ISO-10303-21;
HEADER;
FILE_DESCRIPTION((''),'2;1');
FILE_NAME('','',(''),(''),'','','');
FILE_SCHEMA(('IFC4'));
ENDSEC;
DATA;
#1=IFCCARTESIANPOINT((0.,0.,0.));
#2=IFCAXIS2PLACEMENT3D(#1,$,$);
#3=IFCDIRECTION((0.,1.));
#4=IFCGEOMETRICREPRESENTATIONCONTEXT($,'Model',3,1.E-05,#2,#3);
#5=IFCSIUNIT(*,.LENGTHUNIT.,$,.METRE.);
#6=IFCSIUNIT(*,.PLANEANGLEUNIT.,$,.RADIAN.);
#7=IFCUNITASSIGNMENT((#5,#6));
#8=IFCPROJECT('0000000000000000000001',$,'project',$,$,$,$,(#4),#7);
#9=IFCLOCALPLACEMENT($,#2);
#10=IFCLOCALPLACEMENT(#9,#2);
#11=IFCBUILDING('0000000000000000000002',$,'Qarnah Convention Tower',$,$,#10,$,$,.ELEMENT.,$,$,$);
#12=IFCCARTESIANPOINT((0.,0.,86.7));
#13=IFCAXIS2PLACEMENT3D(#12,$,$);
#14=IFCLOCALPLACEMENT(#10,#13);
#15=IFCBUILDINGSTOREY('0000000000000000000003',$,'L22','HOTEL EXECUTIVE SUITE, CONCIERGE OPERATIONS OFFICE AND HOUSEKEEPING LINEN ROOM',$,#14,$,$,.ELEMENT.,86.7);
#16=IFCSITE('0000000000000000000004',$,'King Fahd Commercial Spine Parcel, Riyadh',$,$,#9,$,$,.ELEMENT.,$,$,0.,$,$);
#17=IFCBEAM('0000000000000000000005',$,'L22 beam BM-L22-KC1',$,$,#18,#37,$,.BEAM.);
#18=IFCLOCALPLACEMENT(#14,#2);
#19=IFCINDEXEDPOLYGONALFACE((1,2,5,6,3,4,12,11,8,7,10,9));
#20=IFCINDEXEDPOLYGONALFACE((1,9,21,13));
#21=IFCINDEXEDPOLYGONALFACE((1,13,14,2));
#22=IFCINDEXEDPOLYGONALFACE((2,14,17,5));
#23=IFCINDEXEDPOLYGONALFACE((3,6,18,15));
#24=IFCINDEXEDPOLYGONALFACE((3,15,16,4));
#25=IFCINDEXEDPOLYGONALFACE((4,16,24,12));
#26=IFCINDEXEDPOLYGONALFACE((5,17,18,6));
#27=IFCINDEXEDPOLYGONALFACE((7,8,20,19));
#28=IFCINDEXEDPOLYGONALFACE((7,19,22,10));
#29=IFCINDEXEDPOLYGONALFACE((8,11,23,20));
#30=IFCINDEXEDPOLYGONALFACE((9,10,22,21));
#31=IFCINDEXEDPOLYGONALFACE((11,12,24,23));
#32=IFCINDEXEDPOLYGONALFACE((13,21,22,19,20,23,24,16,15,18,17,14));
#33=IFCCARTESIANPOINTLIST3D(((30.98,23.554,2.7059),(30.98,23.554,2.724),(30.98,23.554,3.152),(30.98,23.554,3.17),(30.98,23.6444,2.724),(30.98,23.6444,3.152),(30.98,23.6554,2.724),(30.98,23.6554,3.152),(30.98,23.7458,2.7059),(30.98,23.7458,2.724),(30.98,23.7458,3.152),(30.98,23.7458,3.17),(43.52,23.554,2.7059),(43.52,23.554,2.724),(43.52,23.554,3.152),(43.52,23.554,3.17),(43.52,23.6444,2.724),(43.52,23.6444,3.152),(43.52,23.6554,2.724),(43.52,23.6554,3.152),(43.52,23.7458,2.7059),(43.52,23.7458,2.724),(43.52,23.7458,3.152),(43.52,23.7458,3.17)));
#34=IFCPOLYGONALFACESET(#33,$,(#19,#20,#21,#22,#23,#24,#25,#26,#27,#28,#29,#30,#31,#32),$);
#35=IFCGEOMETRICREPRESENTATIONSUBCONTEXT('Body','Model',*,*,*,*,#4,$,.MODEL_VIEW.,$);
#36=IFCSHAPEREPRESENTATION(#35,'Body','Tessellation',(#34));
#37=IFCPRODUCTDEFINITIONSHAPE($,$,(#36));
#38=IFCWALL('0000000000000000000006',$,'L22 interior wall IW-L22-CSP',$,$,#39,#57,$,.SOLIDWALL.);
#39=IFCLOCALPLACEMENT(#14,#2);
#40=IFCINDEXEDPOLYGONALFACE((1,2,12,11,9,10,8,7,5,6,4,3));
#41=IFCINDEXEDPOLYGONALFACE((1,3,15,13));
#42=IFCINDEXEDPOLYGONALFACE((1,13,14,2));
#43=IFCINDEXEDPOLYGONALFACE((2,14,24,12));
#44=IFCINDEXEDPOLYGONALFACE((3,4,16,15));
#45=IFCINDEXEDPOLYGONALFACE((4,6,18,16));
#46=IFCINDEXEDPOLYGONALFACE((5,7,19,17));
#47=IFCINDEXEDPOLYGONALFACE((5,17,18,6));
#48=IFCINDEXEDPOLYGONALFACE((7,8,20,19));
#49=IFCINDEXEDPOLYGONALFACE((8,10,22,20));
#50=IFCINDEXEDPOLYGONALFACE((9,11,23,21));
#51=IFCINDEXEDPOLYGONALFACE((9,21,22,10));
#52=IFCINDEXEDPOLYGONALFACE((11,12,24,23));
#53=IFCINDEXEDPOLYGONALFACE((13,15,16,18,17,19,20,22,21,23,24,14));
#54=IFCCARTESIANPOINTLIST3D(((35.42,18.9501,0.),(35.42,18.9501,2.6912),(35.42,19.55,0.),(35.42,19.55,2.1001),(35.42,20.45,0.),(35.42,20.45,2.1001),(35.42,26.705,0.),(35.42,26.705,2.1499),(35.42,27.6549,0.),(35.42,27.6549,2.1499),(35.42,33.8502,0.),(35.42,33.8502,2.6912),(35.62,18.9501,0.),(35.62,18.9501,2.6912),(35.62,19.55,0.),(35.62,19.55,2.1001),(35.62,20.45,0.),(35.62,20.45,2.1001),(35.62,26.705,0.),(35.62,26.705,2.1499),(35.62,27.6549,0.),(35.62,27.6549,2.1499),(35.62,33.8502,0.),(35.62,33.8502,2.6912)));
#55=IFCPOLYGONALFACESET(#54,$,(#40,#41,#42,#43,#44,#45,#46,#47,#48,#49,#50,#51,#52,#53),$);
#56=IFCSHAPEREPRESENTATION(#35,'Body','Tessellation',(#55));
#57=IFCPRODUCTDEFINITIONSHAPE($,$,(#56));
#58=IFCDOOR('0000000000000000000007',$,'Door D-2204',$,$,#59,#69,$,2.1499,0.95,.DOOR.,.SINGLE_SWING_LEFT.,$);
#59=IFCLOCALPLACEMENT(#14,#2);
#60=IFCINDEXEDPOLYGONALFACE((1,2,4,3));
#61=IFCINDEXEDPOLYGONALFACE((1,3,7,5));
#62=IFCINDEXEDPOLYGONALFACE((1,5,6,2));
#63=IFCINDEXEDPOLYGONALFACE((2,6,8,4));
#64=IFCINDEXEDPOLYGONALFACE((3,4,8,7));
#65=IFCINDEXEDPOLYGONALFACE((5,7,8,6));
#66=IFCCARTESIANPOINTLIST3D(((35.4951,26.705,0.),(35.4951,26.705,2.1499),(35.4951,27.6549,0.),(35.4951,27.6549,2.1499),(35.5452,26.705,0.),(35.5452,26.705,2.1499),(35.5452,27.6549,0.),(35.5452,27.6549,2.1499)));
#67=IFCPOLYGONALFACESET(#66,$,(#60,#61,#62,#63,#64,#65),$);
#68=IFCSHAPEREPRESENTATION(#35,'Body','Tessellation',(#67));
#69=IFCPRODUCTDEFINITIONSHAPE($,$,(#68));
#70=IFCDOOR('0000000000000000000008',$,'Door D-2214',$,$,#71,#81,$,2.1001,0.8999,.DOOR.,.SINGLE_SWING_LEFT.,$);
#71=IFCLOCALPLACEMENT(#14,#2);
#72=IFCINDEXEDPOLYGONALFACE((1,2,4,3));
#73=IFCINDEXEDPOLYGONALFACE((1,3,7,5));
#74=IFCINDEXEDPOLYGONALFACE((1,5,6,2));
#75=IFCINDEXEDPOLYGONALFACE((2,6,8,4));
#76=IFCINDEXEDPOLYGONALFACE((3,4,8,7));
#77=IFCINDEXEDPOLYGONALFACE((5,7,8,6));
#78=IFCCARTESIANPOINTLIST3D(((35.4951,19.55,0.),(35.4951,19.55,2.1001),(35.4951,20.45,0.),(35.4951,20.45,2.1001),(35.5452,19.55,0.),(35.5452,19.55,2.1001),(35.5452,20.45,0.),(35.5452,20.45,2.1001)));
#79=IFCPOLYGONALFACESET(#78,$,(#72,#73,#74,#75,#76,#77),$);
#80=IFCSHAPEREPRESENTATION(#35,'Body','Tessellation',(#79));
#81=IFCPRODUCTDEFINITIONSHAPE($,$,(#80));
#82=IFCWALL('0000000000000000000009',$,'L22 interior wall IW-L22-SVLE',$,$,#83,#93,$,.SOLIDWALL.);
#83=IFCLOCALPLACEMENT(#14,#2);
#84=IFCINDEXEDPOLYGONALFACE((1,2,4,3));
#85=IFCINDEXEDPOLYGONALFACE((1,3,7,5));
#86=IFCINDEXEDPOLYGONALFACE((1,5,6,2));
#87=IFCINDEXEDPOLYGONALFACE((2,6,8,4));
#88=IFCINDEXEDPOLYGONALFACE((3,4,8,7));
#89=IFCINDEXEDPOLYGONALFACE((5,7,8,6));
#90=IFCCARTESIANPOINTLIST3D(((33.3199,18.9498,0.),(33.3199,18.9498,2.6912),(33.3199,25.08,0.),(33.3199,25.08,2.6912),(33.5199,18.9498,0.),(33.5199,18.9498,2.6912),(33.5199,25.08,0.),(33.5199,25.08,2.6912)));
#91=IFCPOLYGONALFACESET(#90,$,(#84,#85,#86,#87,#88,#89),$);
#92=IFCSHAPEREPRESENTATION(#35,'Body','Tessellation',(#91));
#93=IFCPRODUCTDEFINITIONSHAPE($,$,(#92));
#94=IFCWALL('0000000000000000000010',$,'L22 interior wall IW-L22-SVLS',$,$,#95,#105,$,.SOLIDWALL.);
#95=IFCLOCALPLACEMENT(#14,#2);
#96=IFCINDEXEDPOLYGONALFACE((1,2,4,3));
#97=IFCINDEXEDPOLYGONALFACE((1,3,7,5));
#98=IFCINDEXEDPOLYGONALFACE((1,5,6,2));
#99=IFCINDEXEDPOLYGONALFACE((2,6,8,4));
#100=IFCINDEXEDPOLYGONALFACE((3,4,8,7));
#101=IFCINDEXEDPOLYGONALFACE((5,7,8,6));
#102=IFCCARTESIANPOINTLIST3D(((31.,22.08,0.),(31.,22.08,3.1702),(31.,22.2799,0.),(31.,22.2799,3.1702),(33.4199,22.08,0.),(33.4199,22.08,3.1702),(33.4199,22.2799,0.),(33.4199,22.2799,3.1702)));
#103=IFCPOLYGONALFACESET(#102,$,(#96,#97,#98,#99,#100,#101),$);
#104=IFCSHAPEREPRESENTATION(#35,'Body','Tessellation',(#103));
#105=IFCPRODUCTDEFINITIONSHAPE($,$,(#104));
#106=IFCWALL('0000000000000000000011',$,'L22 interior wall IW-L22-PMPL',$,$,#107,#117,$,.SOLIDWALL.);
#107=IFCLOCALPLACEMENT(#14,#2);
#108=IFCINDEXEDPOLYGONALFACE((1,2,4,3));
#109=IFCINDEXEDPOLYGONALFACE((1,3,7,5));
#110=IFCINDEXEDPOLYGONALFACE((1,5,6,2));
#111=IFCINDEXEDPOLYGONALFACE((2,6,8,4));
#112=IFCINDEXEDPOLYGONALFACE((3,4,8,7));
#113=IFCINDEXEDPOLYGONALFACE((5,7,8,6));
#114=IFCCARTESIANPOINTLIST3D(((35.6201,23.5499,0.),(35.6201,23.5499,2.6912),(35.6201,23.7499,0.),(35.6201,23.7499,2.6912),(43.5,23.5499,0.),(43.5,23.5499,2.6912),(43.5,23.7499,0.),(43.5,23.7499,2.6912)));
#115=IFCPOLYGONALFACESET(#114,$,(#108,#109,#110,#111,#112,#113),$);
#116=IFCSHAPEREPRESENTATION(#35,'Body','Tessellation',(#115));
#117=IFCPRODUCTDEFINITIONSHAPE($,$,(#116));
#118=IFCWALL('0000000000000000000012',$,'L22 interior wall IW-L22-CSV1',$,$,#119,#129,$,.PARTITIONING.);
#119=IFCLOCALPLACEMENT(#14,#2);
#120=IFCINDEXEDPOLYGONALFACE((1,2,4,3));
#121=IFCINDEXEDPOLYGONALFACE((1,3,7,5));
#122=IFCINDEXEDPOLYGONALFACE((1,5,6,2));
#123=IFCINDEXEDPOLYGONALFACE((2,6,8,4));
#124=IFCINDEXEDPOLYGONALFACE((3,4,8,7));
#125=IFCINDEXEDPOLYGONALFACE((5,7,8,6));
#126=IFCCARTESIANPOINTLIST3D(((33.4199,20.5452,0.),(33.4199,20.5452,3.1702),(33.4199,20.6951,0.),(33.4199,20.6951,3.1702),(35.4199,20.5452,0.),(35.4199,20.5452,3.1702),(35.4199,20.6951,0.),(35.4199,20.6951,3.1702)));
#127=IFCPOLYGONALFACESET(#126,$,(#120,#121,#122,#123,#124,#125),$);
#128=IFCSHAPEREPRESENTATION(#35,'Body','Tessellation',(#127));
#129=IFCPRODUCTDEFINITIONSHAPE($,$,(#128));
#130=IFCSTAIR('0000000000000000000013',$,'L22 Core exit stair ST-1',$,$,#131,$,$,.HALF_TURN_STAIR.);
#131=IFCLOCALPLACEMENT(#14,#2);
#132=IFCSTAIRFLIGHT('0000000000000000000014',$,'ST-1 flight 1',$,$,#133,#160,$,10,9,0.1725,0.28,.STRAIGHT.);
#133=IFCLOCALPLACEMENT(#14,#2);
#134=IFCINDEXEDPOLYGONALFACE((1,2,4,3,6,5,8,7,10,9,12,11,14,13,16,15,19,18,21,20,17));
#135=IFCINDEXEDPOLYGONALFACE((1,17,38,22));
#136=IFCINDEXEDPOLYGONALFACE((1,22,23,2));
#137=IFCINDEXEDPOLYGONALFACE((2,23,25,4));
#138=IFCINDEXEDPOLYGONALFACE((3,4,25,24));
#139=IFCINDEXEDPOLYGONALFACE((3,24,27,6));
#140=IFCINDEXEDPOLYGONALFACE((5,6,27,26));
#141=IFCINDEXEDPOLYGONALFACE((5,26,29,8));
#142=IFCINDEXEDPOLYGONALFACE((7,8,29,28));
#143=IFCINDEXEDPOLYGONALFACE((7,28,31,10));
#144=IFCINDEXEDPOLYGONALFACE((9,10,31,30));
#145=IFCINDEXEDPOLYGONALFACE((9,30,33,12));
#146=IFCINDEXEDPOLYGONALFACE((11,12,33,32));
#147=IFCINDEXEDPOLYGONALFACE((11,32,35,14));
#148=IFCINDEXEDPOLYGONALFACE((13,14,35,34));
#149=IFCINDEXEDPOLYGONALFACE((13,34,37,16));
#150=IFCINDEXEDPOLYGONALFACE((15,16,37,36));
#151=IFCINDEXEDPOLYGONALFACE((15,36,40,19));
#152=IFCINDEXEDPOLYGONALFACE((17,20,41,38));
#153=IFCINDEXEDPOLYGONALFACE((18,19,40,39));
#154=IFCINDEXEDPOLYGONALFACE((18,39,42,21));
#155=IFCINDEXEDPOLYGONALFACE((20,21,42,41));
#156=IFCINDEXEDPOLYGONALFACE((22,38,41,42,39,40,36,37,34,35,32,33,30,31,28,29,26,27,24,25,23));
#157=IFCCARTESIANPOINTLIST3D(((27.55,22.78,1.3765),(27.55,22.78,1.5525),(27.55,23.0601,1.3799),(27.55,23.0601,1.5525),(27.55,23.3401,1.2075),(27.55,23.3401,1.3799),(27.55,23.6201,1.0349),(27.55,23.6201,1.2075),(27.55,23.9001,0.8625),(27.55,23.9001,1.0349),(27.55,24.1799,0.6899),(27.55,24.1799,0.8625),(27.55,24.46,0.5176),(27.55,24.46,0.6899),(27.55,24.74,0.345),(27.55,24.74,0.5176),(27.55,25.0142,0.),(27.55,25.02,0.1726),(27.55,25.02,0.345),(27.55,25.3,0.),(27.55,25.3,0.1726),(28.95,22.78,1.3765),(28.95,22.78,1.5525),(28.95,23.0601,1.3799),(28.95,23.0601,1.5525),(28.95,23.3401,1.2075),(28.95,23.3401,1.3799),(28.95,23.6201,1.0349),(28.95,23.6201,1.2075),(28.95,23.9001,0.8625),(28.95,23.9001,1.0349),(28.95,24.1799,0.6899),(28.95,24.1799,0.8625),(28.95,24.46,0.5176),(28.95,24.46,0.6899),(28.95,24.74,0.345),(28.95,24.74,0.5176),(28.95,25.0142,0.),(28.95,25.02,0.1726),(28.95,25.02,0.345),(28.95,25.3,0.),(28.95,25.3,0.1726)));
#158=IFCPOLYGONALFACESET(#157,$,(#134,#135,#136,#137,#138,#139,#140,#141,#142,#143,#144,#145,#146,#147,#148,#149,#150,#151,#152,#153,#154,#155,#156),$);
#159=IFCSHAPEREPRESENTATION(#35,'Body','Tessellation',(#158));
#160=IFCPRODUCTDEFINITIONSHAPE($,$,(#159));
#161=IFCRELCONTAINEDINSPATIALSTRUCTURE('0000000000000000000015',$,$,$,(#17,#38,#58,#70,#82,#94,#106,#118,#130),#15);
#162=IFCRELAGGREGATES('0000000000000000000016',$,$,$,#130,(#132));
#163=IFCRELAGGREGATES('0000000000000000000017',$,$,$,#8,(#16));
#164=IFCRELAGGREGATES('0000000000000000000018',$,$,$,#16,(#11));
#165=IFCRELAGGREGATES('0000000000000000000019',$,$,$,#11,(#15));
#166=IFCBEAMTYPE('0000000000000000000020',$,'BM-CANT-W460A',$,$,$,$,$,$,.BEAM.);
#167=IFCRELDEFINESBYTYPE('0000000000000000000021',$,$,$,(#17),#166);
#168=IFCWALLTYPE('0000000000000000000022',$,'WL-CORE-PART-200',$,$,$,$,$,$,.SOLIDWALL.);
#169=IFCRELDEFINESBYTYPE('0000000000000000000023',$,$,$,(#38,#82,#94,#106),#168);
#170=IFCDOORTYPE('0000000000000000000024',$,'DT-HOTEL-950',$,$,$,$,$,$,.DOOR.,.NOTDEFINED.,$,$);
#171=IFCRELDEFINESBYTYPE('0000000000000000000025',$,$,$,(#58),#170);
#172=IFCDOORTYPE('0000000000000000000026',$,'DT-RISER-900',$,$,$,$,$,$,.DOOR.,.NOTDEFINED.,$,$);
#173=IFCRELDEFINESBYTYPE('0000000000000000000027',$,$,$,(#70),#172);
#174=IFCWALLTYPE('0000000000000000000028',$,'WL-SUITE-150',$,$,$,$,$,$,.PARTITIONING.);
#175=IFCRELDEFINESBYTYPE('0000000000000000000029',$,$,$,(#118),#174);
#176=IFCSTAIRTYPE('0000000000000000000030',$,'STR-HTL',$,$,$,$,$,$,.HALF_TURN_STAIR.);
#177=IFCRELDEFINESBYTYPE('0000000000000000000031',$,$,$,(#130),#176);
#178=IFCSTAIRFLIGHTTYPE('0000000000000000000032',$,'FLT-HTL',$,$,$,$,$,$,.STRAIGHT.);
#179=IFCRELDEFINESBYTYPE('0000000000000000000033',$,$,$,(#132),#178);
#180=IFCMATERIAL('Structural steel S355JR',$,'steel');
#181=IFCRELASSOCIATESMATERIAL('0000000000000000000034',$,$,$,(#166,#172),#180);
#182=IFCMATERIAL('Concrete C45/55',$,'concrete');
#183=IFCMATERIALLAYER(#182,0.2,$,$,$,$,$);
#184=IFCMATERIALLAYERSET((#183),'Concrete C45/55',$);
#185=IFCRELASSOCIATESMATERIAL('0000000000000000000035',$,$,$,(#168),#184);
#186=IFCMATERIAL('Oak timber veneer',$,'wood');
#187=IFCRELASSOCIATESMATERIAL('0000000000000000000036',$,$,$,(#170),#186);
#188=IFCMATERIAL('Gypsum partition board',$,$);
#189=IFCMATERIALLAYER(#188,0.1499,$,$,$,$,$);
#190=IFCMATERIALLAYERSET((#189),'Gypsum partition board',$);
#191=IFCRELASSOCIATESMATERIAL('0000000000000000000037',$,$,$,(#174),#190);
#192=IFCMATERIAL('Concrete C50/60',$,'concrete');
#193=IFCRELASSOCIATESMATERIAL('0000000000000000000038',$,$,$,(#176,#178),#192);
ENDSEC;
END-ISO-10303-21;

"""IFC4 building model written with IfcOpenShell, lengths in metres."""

from ifc_helpers import new_model, si_unit, direction, frame, frame_2d, origin, origin_2d, place, context, subcontext, project, spatial, polyline, rectangle, i_section, outline, extrude, material, layer, layer_set, material_profile, profile_set, type_object, element, fill, aggregate, save


model = new_model("IFC4")

# Units and contexts
model_context = context("Model", 3, precision=1e-05, world=origin(), true_north=direction((0.0, 1.0)))
body_context = subcontext(model_context, "Body", "Model", "MODEL_VIEW")
ifc_project = project(units=[si_unit("LENGTHUNIT", "METRE"), si_unit("PLANEANGLEUNIT", "RADIAN")], contexts=[model_context])

# Site, building, storey
site_placement = place(None, origin())
site = spatial("IfcSite", under=ifc_project, at=site_placement, Name="King Fahd Commercial Spine Parcel, Riyadh", CompositionType="ELEMENT", RefElevation=0.0)
building_placement = place(site_placement, origin())
building = spatial("IfcBuilding", under=site, at=building_placement, Name="Qarnah Convention Tower", CompositionType="ELEMENT")
storey_placement = place(building_placement, frame((0.0, 0.0, 86.7)))
storey = spatial("IfcBuildingStorey", under=building, at=storey_placement, Name="L22", Description="HOTEL EXECUTIVE SUITE, CONCIERGE OPERATIONS OFFICE AND HOUSEKEEPING LINEN ROOM", CompositionType="ELEMENT", Elevation=86.7)

# Beam
ifc_material_1 = material(Name="Structural steel S355JR", Category="steel")
ifc_material_profile = material_profile(ifc_material_1, i_section(OverallWidth=0.1919, OverallDepth=0.4641, WebThickness=0.011, FlangeThickness=0.0181, at=origin_2d()), Name="W460X89")
ifc_profile_set = profile_set([ifc_material_profile], Name="Structural steel S355JR")
beam_type = type_object("IfcBeamType", Name="BM-CANT-W460A", PredefinedType="BEAM", material=ifc_profile_set)
beam_placement = place(storey_placement, frame((30.98, 23.6499, 2.938), z_axis=(1.0, 0.0, 0.0), x_axis=(0.0, 1.0, 0.0)))
element("IfcBeam", 1, at=beam_placement, inside=storey, type_object=beam_type, Name="L22 beam BM-L22-KC1", PredefinedType="BEAM", context=body_context, shape_type="SweptSolid", body=[
    extrude(i_section(OverallWidth=0.1919, OverallDepth=0.4641, WebThickness=0.011, FlangeThickness=0.0181, at=origin_2d()), origin(), (0.0, 0.0, 1.0), 12.54),
])

# Wall, openings, doors
door_type_1 = type_object("IfcDoorType", Name="DT-RISER-900", OperationType="NOTDEFINED", PredefinedType="DOOR", material=ifc_material_1)
ifc_material_2 = material(Name="Concrete C45/55", Category="concrete")
ifc_layer_1 = layer(ifc_material_2, 0.2)
ifc_layer_set_1 = layer_set([ifc_layer_1], Name="Concrete C45/55")
wall_type_1 = type_object("IfcWallType", Name="WL-CORE-PART-200", PredefinedType="SOLIDWALL", material=ifc_layer_set_1)
wall_1_placement = place(storey_placement, frame((35.52, 18.95, 0.0), z_axis=(0.0, 0.0, 1.0), x_axis=(0.0, 1.0, 0.0)))
wall_1 = element("IfcWall", 2, at=wall_1_placement, inside=storey, type_object=wall_type_1, Name="L22 interior wall IW-L22-CSP", PredefinedType="SOLIDWALL", context=body_context, shape_type="SweptSolid", body=[
    extrude(rectangle(XDim=14.9001, YDim=0.2, at=frame_2d((7.4502, 0.0))), origin(), (0.0, 0.0, 1.0), 2.6912),
])
opening_1_placement = place(wall_1_placement, frame((7.7549, 0.0, 0.0)))
opening_1 = element("IfcOpeningElement", 3, at=opening_1_placement, cuts=wall_1, PredefinedType="OPENING", context=body_context, shape_type="SweptSolid", body=[
    extrude(rectangle(XDim=0.95, YDim=2.1499, at=frame_2d((0.4751, 1.075))), frame((0.0, 0.1099, 0.0), z_axis=(0.0, -1.0, 0.0), x_axis=(1.0, 0.0, 0.0)), (0.0, 0.0, 1.0), 0.22),
])
opening_2_placement = place(wall_1_placement, frame((0.6001, 0.0, 0.0)))
opening_2 = element("IfcOpeningElement", 4, at=opening_2_placement, cuts=wall_1, PredefinedType="OPENING", context=body_context, shape_type="SweptSolid", body=[
    extrude(rectangle(XDim=0.8999, YDim=2.1001, at=frame_2d((0.45, 1.05))), frame((0.0, 0.1099, 0.0), z_axis=(0.0, -1.0, 0.0), x_axis=(1.0, 0.0, 0.0)), (0.0, 0.0, 1.0), 0.22),
])
ifc_material_3 = material(Name="Oak timber veneer", Category="wood")
door_type_2 = type_object("IfcDoorType", Name="DT-HOTEL-950", OperationType="NOTDEFINED", PredefinedType="DOOR", material=ifc_material_3)
door_1_placement = place(opening_1_placement, origin())
door_1 = element("IfcDoor", 5, at=door_1_placement, inside=storey, type_object=door_type_2, Name="Door D-2204", OperationType="SINGLE_SWING_LEFT", OverallHeight=2.1499, OverallWidth=0.95, PredefinedType="DOOR", context=body_context, shape_type="SweptSolid", body=[
    extrude(rectangle(XDim=0.95, YDim=2.1499, at=frame_2d((0.4751, 1.075))), frame((0.0, 0.0249, 0.0), z_axis=(0.0, -1.0, 0.0), x_axis=(1.0, 0.0, 0.0)), (0.0, 0.0, 1.0), 0.05),
])
fill(opening_1, door_1)
door_2_placement = place(opening_2_placement, origin())
door_2 = element("IfcDoor", 6, at=door_2_placement, inside=storey, type_object=door_type_1, Name="Door D-2214", OperationType="SINGLE_SWING_LEFT", OverallHeight=2.1001, OverallWidth=0.8999, PredefinedType="DOOR", context=body_context, shape_type="SweptSolid", body=[
    extrude(rectangle(XDim=0.8999, YDim=2.1001, at=frame_2d((0.45, 1.05))), frame((0.0, 0.0249, 0.0), z_axis=(0.0, -1.0, 0.0), x_axis=(1.0, 0.0, 0.0)), (0.0, 0.0, 1.0), 0.05),
])
fill(opening_2, door_2)

# Walls
wall_2_placement = place(storey_placement, frame((33.4199, 18.95, 0.0), z_axis=(0.0, 0.0, 1.0), x_axis=(0.0, 1.0, 0.0)))
element("IfcWall", 7, at=wall_2_placement, inside=storey, type_object=wall_type_1, Name="L22 interior wall IW-L22-SVLE", PredefinedType="SOLIDWALL", context=body_context, shape_type="SweptSolid", body=[
    extrude(rectangle(XDim=6.1301, YDim=0.2, at=frame_2d((3.0649, 0.0))), origin(), (0.0, 0.0, 1.0), 2.6912),
])
wall_3_placement = place(storey_placement, frame((31.0, 22.1799, 0.0), z_axis=(0.0, 0.0, 1.0), x_axis=(1.0, 0.0, 0.0)))
element("IfcWall", 8, at=wall_3_placement, inside=storey, type_object=wall_type_1, Name="L22 interior wall IW-L22-SVLS", PredefinedType="SOLIDWALL", context=body_context, shape_type="SweptSolid", body=[
    extrude(rectangle(XDim=2.4199, YDim=0.2, at=frame_2d((1.21, 0.0))), origin(), (0.0, 0.0, 1.0), 3.1702),
])
wall_4_placement = place(storey_placement, frame((35.6201, 23.6499, 0.0), z_axis=(0.0, 0.0, 1.0), x_axis=(1.0, 0.0, 0.0)))
element("IfcWall", 9, at=wall_4_placement, inside=storey, type_object=wall_type_1, Name="L22 interior wall IW-L22-PMPL", PredefinedType="SOLIDWALL", context=body_context, shape_type="SweptSolid", body=[
    extrude(rectangle(XDim=7.8799, YDim=0.2, at=frame_2d((3.9399, 0.0))), origin(), (0.0, 0.0, 1.0), 2.6912),
])

# Wall
ifc_material_4 = material(Name="Gypsum partition board")
ifc_layer_2 = layer(ifc_material_4, 0.1499)
ifc_layer_set_2 = layer_set([ifc_layer_2], Name="Gypsum partition board")
wall_type_2 = type_object("IfcWallType", Name="WL-SUITE-150", PredefinedType="PARTITIONING", material=ifc_layer_set_2)
wall_5_placement = place(storey_placement, frame((33.4199, 20.6201, 0.0), z_axis=(0.0, 0.0, 1.0), x_axis=(1.0, 0.0, 0.0)))
element("IfcWall", 10, at=wall_5_placement, inside=storey, type_object=wall_type_2, Name="L22 interior wall IW-L22-CSV1", PredefinedType="PARTITIONING", context=body_context, shape_type="SweptSolid", body=[
    extrude(rectangle(XDim=2.0, YDim=0.1499, at=frame_2d((1.0, 0.0))), origin(), (0.0, 0.0, 1.0), 3.1702),
])

# Stair, stair flight
ifc_material_5 = material(Name="Concrete C50/60", Category="concrete")
stair_type = type_object("IfcStairType", Name="STR-HTL", PredefinedType="HALF_TURN_STAIR", material=ifc_material_5)
stair_placement = place(storey_placement, origin())
stair = element("IfcStair", 11, at=stair_placement, inside=storey, type_object=stair_type, Name="L22 Core exit stair ST-1", PredefinedType="HALF_TURN_STAIR")
stair_flight_type = type_object("IfcStairFlightType", Name="FLT-HTL", PredefinedType="STRAIGHT", material=ifc_material_5)
stair_flight_1_placement = place(storey_placement, frame((28.25, 25.3, 0.0), z_axis=(0.0, 0.0, 1.0), x_axis=(0.0, -1.0, 0.0)))
stair_flight_1 = element("IfcStairFlight", 12, at=stair_flight_1_placement, type_object=stair_flight_type, Name="ST-1 flight 1", NumberOfRisers=10, NumberOfTreads=9, PredefinedType="STRAIGHT", RiserHeight=0.1725, TreadLength=0.28, context=body_context, shape_type="SweptSolid", body=[
    extrude(outline(polyline([(0.0, 0.0), (0.0, 0.1726), (0.28, 0.1726), (0.28, 0.345), (0.5601, 0.345), (0.5601, 0.5176), (0.8401, 0.5176), (0.8401, 0.6899), (1.1201, 0.6899), (1.1201, 0.8625), (1.3999, 0.8625), (1.3999, 1.0349), (1.6799, 1.0349), (1.6799, 1.2075), (1.96, 1.2075), (1.96, 1.3799), (2.24, 1.3799), (2.24, 1.5525), (2.52, 1.5525), (2.52, 1.7251), (2.52, 1.3765), (0.2859, 0.0), (0.0, 0.0)])), frame((0.0, 0.7, 0.0), z_axis=(0.0, -1.0, 0.0), x_axis=(1.0, 0.0, 0.0)), (0.0, 0.0, 1.0), 1.3999),
])
aggregate(stair, [stair_flight_1])

save(model, "model.ifc")
